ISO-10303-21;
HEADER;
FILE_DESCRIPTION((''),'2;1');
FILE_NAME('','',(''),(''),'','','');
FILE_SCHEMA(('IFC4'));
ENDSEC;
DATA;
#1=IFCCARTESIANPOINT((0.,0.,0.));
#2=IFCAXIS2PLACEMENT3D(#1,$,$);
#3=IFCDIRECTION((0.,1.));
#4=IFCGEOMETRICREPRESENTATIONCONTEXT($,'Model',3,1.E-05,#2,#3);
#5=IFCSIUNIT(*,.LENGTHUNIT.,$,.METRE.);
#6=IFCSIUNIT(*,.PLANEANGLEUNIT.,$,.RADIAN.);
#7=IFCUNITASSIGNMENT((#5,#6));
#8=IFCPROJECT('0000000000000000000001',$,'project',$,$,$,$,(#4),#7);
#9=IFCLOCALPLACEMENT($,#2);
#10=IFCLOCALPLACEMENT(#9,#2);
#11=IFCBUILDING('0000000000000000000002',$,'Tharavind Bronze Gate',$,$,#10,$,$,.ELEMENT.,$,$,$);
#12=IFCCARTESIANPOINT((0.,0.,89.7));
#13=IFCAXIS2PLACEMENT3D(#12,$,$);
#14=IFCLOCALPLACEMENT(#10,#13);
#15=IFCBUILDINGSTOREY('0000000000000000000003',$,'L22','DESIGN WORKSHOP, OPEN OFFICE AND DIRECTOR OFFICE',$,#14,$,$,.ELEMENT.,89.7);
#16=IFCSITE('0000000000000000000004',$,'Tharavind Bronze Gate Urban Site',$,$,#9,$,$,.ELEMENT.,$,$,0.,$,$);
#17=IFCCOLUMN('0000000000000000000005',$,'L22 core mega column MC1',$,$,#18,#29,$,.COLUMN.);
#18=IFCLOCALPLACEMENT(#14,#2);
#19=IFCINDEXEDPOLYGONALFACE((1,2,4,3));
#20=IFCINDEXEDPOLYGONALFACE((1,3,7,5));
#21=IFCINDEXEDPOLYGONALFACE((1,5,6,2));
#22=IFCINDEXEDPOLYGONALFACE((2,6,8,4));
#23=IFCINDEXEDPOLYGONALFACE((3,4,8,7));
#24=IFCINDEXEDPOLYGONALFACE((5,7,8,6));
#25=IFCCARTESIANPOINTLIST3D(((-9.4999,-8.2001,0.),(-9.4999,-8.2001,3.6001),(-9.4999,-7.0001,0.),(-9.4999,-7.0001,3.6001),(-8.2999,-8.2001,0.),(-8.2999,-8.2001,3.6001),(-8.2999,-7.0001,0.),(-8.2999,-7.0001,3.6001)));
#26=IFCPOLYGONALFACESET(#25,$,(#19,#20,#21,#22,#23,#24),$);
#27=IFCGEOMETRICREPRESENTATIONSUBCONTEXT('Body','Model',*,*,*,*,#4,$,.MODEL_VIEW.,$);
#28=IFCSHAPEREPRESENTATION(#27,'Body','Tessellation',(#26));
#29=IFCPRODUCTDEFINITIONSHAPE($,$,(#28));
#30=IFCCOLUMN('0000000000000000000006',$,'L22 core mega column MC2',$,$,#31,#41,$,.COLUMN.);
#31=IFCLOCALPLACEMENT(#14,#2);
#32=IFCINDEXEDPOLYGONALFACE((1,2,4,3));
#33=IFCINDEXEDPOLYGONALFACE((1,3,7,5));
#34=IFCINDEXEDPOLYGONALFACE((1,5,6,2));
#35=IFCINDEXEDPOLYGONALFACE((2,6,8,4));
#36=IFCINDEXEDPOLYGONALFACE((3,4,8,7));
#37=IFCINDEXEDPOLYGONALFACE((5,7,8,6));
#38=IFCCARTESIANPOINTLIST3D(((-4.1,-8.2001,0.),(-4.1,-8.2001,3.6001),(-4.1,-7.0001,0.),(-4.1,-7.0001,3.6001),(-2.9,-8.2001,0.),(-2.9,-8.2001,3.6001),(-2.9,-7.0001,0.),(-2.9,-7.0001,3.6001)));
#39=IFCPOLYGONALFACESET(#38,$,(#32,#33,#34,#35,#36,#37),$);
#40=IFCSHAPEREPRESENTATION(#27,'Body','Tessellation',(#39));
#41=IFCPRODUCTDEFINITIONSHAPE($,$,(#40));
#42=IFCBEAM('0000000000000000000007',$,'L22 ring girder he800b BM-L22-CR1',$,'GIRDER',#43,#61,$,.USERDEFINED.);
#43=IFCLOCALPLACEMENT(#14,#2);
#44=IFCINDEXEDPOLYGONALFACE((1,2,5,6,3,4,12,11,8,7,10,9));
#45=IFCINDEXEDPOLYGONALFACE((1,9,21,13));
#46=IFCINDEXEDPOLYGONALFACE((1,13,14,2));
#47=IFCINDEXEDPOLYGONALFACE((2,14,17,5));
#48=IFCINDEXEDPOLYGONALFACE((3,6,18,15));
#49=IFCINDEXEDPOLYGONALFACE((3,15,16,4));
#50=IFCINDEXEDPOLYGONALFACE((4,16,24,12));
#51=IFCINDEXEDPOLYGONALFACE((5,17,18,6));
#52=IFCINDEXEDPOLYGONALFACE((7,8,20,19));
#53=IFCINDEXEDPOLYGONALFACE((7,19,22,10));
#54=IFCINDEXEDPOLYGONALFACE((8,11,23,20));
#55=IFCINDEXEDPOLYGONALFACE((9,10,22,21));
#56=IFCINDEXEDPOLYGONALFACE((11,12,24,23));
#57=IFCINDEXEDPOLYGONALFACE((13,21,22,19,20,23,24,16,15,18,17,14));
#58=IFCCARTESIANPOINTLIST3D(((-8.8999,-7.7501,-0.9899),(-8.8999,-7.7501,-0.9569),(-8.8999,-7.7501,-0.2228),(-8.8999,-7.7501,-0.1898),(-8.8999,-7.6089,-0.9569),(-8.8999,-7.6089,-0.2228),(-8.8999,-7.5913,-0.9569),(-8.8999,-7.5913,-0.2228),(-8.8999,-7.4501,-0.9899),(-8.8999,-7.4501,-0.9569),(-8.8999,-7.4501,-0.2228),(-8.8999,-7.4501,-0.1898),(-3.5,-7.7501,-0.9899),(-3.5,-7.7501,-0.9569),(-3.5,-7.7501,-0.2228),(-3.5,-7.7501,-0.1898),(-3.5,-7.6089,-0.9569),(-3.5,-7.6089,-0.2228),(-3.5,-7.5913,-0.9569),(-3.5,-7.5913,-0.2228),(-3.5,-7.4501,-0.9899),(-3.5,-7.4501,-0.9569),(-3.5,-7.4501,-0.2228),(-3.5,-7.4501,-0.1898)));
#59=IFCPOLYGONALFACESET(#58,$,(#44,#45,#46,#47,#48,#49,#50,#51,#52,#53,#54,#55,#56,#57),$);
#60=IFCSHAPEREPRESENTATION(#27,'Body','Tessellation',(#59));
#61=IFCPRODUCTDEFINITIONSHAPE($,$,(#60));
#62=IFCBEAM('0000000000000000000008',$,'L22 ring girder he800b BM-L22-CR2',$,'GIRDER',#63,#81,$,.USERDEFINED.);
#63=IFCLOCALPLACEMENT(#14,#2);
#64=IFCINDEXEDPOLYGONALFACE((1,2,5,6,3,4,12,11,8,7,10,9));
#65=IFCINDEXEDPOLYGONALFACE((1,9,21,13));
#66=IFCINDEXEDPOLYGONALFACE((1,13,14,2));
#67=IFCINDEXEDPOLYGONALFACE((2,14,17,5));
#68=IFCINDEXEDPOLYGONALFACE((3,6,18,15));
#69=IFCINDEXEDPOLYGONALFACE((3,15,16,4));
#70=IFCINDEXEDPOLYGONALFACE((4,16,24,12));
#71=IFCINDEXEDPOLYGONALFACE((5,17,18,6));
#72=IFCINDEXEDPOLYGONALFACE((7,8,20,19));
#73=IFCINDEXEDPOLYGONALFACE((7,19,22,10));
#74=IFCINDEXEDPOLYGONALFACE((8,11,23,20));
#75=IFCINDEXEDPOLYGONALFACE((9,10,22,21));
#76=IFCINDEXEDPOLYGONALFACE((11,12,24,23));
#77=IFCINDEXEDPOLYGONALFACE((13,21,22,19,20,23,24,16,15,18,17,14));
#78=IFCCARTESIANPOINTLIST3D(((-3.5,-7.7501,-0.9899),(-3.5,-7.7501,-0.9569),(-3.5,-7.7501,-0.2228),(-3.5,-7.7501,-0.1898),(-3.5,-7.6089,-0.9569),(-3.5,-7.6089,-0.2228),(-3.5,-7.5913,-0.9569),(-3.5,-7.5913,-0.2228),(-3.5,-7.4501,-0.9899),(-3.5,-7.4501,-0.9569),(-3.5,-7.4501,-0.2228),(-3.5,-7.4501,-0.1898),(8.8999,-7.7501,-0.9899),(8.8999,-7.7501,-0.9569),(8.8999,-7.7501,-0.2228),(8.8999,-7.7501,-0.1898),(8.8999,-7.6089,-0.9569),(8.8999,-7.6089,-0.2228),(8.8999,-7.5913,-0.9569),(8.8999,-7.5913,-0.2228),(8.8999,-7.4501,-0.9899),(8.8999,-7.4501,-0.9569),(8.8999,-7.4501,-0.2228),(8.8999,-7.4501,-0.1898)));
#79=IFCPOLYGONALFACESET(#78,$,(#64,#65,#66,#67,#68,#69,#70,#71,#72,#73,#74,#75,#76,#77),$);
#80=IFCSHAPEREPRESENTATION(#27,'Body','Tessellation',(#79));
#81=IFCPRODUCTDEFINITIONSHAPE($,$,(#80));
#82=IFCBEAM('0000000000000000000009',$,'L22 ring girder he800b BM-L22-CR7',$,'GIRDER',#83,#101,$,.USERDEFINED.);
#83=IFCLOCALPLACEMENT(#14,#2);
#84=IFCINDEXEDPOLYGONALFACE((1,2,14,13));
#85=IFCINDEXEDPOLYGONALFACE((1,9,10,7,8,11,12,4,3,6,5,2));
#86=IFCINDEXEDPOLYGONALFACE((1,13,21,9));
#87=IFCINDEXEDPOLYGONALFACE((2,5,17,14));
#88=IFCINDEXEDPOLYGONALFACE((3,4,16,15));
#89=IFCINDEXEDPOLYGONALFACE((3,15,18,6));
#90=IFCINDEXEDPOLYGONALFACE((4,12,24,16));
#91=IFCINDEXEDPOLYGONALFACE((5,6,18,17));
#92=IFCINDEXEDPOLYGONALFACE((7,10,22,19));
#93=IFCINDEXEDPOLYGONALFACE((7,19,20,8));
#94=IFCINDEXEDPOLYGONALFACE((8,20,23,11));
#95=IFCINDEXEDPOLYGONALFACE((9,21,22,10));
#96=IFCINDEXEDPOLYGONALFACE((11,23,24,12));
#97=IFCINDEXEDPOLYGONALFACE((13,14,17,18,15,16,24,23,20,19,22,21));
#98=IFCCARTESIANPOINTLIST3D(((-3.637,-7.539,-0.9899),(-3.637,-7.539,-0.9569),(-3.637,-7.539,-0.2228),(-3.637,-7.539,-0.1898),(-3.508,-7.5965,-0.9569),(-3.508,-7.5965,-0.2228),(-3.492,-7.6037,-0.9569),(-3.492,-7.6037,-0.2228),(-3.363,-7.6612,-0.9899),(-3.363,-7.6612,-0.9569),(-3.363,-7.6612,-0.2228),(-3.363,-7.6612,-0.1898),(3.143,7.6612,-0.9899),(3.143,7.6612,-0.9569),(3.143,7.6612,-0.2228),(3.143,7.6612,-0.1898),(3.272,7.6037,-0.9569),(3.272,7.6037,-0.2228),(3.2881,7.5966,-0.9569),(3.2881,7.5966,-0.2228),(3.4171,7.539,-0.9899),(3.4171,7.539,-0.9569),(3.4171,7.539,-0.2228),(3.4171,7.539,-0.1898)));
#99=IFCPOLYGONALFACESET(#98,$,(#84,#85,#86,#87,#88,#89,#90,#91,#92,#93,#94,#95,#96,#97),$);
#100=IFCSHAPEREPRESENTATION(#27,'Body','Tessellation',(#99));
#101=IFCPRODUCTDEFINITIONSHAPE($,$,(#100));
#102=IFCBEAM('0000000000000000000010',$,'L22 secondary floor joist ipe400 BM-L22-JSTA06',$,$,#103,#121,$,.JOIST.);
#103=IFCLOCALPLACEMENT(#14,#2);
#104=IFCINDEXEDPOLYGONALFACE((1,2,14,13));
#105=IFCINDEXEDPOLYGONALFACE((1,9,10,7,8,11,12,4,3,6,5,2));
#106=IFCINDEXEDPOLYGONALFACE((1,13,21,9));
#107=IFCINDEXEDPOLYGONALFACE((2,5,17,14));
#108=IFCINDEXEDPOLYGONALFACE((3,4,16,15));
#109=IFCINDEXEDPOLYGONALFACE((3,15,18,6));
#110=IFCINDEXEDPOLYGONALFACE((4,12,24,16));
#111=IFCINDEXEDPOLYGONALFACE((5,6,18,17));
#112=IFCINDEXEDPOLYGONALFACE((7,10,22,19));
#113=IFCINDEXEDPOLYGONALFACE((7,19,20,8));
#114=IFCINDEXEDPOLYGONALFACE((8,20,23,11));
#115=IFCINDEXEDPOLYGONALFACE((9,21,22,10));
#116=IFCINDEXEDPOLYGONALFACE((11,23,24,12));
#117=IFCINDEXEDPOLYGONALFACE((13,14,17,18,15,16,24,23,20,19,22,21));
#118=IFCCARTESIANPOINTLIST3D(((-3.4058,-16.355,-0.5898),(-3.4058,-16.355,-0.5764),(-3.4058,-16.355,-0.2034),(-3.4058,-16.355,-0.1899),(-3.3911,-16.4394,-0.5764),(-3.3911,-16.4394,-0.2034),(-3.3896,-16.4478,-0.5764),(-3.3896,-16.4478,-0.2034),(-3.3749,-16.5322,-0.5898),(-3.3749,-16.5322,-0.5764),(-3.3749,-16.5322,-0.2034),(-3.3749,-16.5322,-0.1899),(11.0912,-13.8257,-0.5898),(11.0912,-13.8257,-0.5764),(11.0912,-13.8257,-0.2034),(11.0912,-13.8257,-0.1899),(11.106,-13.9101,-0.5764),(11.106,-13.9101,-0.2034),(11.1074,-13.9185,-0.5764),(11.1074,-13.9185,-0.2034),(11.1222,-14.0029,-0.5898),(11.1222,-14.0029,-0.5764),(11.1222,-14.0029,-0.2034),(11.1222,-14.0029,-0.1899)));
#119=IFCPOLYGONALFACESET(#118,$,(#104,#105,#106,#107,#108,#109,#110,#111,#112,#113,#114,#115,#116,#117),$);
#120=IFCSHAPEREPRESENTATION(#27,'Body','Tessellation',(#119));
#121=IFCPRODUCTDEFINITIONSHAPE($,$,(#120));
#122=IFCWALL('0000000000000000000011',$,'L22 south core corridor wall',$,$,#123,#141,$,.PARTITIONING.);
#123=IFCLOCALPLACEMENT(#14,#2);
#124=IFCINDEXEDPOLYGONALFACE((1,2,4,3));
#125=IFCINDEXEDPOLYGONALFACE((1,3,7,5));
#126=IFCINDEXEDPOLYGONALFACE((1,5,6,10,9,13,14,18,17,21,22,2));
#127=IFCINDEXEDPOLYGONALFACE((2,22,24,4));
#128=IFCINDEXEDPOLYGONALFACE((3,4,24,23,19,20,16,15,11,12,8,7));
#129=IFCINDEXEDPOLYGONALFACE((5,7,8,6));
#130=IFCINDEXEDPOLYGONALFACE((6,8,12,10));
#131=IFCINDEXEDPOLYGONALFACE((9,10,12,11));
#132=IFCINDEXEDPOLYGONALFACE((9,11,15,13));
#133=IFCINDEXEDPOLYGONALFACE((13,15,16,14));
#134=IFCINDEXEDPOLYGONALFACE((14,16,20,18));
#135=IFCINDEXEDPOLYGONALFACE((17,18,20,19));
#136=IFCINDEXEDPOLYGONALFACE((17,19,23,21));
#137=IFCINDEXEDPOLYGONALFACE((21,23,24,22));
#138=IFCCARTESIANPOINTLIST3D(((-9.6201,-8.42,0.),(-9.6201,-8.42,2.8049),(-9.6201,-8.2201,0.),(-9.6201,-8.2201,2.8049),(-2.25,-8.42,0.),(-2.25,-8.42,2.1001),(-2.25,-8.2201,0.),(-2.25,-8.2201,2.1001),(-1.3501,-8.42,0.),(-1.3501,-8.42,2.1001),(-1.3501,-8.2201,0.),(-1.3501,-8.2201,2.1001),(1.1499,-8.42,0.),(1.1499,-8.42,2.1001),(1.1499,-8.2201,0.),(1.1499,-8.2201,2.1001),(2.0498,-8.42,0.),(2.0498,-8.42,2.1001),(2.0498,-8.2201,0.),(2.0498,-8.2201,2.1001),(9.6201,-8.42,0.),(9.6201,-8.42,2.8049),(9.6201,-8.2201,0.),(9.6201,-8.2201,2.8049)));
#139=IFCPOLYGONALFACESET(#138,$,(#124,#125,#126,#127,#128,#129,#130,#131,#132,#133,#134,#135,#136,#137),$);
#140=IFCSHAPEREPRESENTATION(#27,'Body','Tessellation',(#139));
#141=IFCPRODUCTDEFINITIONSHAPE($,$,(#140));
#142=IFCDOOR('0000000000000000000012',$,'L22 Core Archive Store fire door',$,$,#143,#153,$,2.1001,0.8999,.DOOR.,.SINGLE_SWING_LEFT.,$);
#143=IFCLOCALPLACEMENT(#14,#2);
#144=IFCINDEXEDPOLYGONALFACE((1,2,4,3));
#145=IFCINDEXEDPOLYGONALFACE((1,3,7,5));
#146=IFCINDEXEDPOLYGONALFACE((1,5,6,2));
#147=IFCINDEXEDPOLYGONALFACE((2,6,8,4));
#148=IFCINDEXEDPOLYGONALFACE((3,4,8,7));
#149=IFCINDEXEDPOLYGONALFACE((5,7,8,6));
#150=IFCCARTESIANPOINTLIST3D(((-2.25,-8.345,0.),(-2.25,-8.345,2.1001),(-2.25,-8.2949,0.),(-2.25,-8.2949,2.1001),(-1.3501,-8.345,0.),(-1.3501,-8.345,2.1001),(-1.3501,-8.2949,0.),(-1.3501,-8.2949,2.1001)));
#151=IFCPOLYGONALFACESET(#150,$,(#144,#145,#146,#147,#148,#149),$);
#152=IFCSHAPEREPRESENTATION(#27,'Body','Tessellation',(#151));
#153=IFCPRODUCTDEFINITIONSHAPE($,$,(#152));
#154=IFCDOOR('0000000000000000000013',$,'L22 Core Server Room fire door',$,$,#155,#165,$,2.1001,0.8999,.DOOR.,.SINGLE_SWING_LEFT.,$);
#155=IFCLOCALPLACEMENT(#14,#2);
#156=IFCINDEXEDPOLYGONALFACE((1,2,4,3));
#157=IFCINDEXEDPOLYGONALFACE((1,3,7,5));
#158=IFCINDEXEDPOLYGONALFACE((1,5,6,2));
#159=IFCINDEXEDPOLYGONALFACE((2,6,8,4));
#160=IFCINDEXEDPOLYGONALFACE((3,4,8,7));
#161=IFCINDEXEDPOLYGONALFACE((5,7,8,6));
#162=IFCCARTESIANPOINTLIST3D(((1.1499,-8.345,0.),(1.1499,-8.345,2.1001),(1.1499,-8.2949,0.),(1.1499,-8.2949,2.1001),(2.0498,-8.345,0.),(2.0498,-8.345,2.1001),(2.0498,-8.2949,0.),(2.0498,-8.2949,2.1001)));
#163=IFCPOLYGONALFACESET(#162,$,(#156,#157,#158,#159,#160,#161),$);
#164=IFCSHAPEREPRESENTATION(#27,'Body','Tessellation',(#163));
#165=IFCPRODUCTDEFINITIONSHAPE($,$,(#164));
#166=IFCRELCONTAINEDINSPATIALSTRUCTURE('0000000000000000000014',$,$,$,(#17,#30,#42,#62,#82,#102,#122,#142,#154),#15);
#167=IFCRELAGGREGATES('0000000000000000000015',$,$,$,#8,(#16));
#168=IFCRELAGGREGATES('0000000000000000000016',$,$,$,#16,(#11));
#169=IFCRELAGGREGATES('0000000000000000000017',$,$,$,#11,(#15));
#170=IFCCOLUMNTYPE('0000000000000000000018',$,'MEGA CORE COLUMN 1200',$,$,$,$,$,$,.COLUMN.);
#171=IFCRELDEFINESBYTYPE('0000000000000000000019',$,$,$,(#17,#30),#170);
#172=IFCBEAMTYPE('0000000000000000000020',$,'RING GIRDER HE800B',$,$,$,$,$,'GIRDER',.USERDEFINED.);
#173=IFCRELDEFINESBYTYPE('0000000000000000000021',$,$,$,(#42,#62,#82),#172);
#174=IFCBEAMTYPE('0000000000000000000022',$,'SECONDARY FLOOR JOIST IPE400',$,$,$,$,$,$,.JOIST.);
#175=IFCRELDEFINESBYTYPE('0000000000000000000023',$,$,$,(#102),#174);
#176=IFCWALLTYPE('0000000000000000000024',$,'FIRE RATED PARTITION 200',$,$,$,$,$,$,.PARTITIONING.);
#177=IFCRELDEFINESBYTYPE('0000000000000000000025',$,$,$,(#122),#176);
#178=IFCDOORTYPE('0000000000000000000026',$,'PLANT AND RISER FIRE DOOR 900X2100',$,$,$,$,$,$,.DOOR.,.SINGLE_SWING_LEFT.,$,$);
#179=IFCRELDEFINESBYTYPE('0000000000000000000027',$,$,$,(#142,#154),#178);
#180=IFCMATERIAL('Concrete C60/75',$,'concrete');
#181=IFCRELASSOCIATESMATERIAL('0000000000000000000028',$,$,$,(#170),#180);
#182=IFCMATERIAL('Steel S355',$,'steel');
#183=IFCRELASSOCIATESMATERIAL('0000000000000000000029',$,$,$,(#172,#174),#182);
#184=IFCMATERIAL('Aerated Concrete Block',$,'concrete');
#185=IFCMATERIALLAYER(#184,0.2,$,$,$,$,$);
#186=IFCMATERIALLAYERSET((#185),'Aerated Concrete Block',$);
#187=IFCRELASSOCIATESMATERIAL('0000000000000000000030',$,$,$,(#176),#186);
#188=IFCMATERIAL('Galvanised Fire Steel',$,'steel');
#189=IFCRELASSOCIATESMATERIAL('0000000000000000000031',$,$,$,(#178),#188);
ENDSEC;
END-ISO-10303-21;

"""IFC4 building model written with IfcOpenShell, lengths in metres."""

from ifc_helpers import new_model, si_unit, direction, frame, frame_2d, origin, origin_2d, place, context, subcontext, project, spatial, rectangle, i_section, extrude, material, layer, layer_set, material_profile, profile_set, type_object, element, fill, save


model = new_model("IFC4")

# Units and contexts
model_context = context("Model", 3, precision=1e-05, world=origin(), true_north=direction((0.0, 1.0)))
body_context = subcontext(model_context, "Body", "Model", "MODEL_VIEW")
ifc_project = project(units=[si_unit("LENGTHUNIT", "METRE"), si_unit("PLANEANGLEUNIT", "RADIAN")], contexts=[model_context])

# Site, building, storey
site_placement = place(None, origin())
site = spatial("IfcSite", under=ifc_project, at=site_placement, Name="Tharavind Bronze Gate Urban Site", CompositionType="ELEMENT", RefElevation=0.0)
building_placement = place(site_placement, origin())
building = spatial("IfcBuilding", under=site, at=building_placement, Name="Tharavind Bronze Gate", CompositionType="ELEMENT")
storey_placement = place(building_placement, frame((0.0, 0.0, 89.7)))
storey = spatial("IfcBuildingStorey", under=building, at=storey_placement, Name="L22", Description="DESIGN WORKSHOP, OPEN OFFICE AND DIRECTOR OFFICE", CompositionType="ELEMENT", Elevation=89.7)

# Columns
ifc_material_1 = material(Name="Concrete C60/75", Category="concrete")
ifc_material_profile_1 = material_profile(ifc_material_1, rectangle(XDim=1.2, YDim=1.2, at=origin_2d()), Name="RCCOL1200")
ifc_profile_set_1 = profile_set([ifc_material_profile_1], Name="Concrete C60/75")
column_type = type_object("IfcColumnType", Name="MEGA CORE COLUMN 1200", PredefinedType="COLUMN", material=ifc_profile_set_1)
for number, where, z_axis, x_axis, name in (
    (1, (-8.8999, -7.6001, 0.0), (0.0, 0.0, 1.0), (1.0, 0.0, 0.0), "L22 core mega column MC1"),
    (2, (-3.5, -7.6001, 0.0), (0.0, 0.0, 1.0), (1.0, 0.0, 0.0), "L22 core mega column MC2"),
):
    element("IfcColumn", number, at=place(storey_placement, frame(where, z_axis=z_axis, x_axis=x_axis)), inside=storey, type_object=column_type, Name=name, PredefinedType="COLUMN", context=body_context, shape_type="SweptSolid", body=[
        extrude(rectangle(XDim=1.2, YDim=1.2, at=origin_2d()), origin(), (0.0, 0.0, 1.0), 3.6001),
    ])

# Beams
ifc_material_2 = material(Name="Steel S355", Category="steel")
ifc_material_profile_2 = material_profile(ifc_material_2, i_section(OverallWidth=0.3, OverallDepth=0.8, WebThickness=0.0176, FlangeThickness=0.033, at=origin_2d()), Name="HE800B")
ifc_profile_set_2 = profile_set([ifc_material_profile_2], Name="Steel S355")
beam_type_1 = type_object("IfcBeamType", Name="RING GIRDER HE800B", ElementType="GIRDER", PredefinedType="USERDEFINED", material=ifc_profile_set_2)
beam_1_placement = place(storey_placement, frame((-8.8999, -7.6001, -0.5898), z_axis=(1.0, 0.0, 0.0), x_axis=(0.0, 1.0, 0.0)))
element("IfcBeam", 3, at=beam_1_placement, inside=storey, type_object=beam_type_1, Name="L22 ring girder he800b BM-L22-CR1", ObjectType="GIRDER", PredefinedType="USERDEFINED", context=body_context, shape_type="SweptSolid", body=[
    extrude(i_section(OverallWidth=0.3, OverallDepth=0.8, WebThickness=0.0176, FlangeThickness=0.033, at=origin_2d()), origin(), (0.0, 0.0, 1.0), 5.3999),
])
beam_2_placement = place(storey_placement, frame((-3.5, -7.6001, -0.5898), z_axis=(1.0, 0.0, 0.0), x_axis=(0.0, 1.0, 0.0)))
element("IfcBeam", 4, at=beam_2_placement, inside=storey, type_object=beam_type_1, Name="L22 ring girder he800b BM-L22-CR2", ObjectType="GIRDER", PredefinedType="USERDEFINED", context=body_context, shape_type="SweptSolid", body=[
    extrude(i_section(OverallWidth=0.3, OverallDepth=0.8, WebThickness=0.0176, FlangeThickness=0.033, at=origin_2d()), origin(), (0.0, 0.0, 1.0), 12.3999),
])
beam_3_placement = place(storey_placement, frame((-3.5, -7.6001, -0.5898), z_axis=(0.407362, 0.913267, 0.0), x_axis=(-0.913267, 0.407362, 0.0)))
element("IfcBeam", 5, at=beam_3_placement, inside=storey, type_object=beam_type_1, Name="L22 ring girder he800b BM-L22-CR7", ObjectType="GIRDER", PredefinedType="USERDEFINED", context=body_context, shape_type="SweptSolid", body=[
    extrude(i_section(OverallWidth=0.3, OverallDepth=0.8, WebThickness=0.0176, FlangeThickness=0.033, at=origin_2d()), origin(), (0.0, 0.0, 1.0), 16.6438),
])
ifc_material_profile_3 = material_profile(ifc_material_2, i_section(OverallWidth=0.1799, OverallDepth=0.3999, WebThickness=0.0085, FlangeThickness=0.0134, at=origin_2d()), Name="IPE400")
ifc_profile_set_3 = profile_set([ifc_material_profile_3], Name="Steel S355")
beam_type_2 = type_object("IfcBeamType", Name="SECONDARY FLOOR JOIST IPE400", PredefinedType="JOIST", material=ifc_profile_set_3)
beam_4_placement = place(storey_placement, frame((-3.3904, -16.4436, -0.3899), z_axis=(0.985119, 0.171873, 0.0), x_axis=(-0.171873, 0.985119, 0.0)))
element("IfcBeam", 6, at=beam_4_placement, inside=storey, type_object=beam_type_2, Name="L22 secondary floor joist ipe400 BM-L22-JSTA06", PredefinedType="JOIST", context=body_context, shape_type="SweptSolid", body=[
    extrude(i_section(OverallWidth=0.1799, OverallDepth=0.3999, WebThickness=0.0085, FlangeThickness=0.0134, at=origin_2d()), origin(), (0.0, 0.0, 1.0), 14.7161),
])

# Wall, openings, doors
ifc_material_3 = material(Name="Aerated Concrete Block", Category="concrete")
ifc_layer_1 = layer(ifc_material_3, 0.2)
ifc_layer_set_1 = layer_set([ifc_layer_1], Name="Aerated Concrete Block")
wall_type_1 = type_object("IfcWallType", Name="FIRE RATED PARTITION 200", PredefinedType="PARTITIONING", material=ifc_layer_set_1)
wall_1_placement = place(storey_placement, frame((-9.6201, -8.3201, 0.0), z_axis=(0.0, 0.0, 1.0), x_axis=(1.0, 0.0, 0.0)))
wall_1 = element("IfcWall", 7, at=wall_1_placement, inside=storey, type_object=wall_type_1, Name="L22 south core corridor wall", PredefinedType="PARTITIONING", context=body_context, shape_type="SweptSolid", body=[
    extrude(rectangle(XDim=19.2402, YDim=0.2, at=frame_2d((9.6201, 0.0))), origin(), (0.0, 0.0, 1.0), 2.8049),
])
opening_1_placement = place(wall_1_placement, frame((7.3701, 0.0, 0.0)))
opening_1 = element("IfcOpeningElement", 8, at=opening_1_placement, cuts=wall_1, PredefinedType="OPENING", context=body_context, shape_type="SweptSolid", body=[
    extrude(rectangle(XDim=0.8999, YDim=2.1001, at=frame_2d((0.45, 1.05))), frame((0.0, 0.1101, 0.0), z_axis=(0.0, -1.0, 0.0), x_axis=(1.0, 0.0, 0.0)), (0.0, 0.0, 1.0), 0.22),
])
opening_2_placement = place(wall_1_placement, frame((10.77, 0.0, 0.0)))
opening_2 = element("IfcOpeningElement", 9, at=opening_2_placement, cuts=wall_1, PredefinedType="OPENING", context=body_context, shape_type="SweptSolid", body=[
    extrude(rectangle(XDim=0.8999, YDim=2.1001, at=frame_2d((0.45, 1.05))), frame((0.0, 0.1101, 0.0), z_axis=(0.0, -1.0, 0.0), x_axis=(1.0, 0.0, 0.0)), (0.0, 0.0, 1.0), 0.22),
])
ifc_material_4 = material(Name="Galvanised Fire Steel", Category="steel")
door_type_1 = type_object("IfcDoorType", Name="PLANT AND RISER FIRE DOOR 900X2100", OperationType="SINGLE_SWING_LEFT", PredefinedType="DOOR", material=ifc_material_4)
door_1_placement = place(opening_1_placement, frame((0.8999, 0.0, 0.0), z_axis=(0.0, 0.0, 1.0), x_axis=(-1.0, 0.0, 0.0)))
door_1 = element("IfcDoor", 10, at=door_1_placement, inside=storey, type_object=door_type_1, Name="L22 Core Archive Store fire door", OperationType="SINGLE_SWING_LEFT", OverallHeight=2.1001, OverallWidth=0.8999, PredefinedType="DOOR", context=body_context, shape_type="SweptSolid", body=[
    extrude(rectangle(XDim=0.8999, YDim=2.1001, at=frame_2d((0.45, 1.05))), frame((0.0, 0.0249, 0.0), z_axis=(0.0, -1.0, 0.0), x_axis=(1.0, 0.0, 0.0)), (0.0, 0.0, 1.0), 0.05),
])
fill(opening_1, door_1)
door_2_placement = place(opening_2_placement, frame((0.8999, 0.0, 0.0), z_axis=(0.0, 0.0, 1.0), x_axis=(-1.0, 0.0, 0.0)))
door_2 = element("IfcDoor", 11, at=door_2_placement, inside=storey, type_object=door_type_1, Name="L22 Core Server Room fire door", OperationType="SINGLE_SWING_LEFT", OverallHeight=2.1001, OverallWidth=0.8999, PredefinedType="DOOR", context=body_context, shape_type="SweptSolid", body=[
    extrude(rectangle(XDim=0.8999, YDim=2.1001, at=frame_2d((0.45, 1.05))), frame((0.0, 0.0249, 0.0), z_axis=(0.0, -1.0, 0.0), x_axis=(1.0, 0.0, 0.0)), (0.0, 0.0, 1.0), 0.05),
])
fill(opening_2, door_2)

save(model, "model.ifc")
